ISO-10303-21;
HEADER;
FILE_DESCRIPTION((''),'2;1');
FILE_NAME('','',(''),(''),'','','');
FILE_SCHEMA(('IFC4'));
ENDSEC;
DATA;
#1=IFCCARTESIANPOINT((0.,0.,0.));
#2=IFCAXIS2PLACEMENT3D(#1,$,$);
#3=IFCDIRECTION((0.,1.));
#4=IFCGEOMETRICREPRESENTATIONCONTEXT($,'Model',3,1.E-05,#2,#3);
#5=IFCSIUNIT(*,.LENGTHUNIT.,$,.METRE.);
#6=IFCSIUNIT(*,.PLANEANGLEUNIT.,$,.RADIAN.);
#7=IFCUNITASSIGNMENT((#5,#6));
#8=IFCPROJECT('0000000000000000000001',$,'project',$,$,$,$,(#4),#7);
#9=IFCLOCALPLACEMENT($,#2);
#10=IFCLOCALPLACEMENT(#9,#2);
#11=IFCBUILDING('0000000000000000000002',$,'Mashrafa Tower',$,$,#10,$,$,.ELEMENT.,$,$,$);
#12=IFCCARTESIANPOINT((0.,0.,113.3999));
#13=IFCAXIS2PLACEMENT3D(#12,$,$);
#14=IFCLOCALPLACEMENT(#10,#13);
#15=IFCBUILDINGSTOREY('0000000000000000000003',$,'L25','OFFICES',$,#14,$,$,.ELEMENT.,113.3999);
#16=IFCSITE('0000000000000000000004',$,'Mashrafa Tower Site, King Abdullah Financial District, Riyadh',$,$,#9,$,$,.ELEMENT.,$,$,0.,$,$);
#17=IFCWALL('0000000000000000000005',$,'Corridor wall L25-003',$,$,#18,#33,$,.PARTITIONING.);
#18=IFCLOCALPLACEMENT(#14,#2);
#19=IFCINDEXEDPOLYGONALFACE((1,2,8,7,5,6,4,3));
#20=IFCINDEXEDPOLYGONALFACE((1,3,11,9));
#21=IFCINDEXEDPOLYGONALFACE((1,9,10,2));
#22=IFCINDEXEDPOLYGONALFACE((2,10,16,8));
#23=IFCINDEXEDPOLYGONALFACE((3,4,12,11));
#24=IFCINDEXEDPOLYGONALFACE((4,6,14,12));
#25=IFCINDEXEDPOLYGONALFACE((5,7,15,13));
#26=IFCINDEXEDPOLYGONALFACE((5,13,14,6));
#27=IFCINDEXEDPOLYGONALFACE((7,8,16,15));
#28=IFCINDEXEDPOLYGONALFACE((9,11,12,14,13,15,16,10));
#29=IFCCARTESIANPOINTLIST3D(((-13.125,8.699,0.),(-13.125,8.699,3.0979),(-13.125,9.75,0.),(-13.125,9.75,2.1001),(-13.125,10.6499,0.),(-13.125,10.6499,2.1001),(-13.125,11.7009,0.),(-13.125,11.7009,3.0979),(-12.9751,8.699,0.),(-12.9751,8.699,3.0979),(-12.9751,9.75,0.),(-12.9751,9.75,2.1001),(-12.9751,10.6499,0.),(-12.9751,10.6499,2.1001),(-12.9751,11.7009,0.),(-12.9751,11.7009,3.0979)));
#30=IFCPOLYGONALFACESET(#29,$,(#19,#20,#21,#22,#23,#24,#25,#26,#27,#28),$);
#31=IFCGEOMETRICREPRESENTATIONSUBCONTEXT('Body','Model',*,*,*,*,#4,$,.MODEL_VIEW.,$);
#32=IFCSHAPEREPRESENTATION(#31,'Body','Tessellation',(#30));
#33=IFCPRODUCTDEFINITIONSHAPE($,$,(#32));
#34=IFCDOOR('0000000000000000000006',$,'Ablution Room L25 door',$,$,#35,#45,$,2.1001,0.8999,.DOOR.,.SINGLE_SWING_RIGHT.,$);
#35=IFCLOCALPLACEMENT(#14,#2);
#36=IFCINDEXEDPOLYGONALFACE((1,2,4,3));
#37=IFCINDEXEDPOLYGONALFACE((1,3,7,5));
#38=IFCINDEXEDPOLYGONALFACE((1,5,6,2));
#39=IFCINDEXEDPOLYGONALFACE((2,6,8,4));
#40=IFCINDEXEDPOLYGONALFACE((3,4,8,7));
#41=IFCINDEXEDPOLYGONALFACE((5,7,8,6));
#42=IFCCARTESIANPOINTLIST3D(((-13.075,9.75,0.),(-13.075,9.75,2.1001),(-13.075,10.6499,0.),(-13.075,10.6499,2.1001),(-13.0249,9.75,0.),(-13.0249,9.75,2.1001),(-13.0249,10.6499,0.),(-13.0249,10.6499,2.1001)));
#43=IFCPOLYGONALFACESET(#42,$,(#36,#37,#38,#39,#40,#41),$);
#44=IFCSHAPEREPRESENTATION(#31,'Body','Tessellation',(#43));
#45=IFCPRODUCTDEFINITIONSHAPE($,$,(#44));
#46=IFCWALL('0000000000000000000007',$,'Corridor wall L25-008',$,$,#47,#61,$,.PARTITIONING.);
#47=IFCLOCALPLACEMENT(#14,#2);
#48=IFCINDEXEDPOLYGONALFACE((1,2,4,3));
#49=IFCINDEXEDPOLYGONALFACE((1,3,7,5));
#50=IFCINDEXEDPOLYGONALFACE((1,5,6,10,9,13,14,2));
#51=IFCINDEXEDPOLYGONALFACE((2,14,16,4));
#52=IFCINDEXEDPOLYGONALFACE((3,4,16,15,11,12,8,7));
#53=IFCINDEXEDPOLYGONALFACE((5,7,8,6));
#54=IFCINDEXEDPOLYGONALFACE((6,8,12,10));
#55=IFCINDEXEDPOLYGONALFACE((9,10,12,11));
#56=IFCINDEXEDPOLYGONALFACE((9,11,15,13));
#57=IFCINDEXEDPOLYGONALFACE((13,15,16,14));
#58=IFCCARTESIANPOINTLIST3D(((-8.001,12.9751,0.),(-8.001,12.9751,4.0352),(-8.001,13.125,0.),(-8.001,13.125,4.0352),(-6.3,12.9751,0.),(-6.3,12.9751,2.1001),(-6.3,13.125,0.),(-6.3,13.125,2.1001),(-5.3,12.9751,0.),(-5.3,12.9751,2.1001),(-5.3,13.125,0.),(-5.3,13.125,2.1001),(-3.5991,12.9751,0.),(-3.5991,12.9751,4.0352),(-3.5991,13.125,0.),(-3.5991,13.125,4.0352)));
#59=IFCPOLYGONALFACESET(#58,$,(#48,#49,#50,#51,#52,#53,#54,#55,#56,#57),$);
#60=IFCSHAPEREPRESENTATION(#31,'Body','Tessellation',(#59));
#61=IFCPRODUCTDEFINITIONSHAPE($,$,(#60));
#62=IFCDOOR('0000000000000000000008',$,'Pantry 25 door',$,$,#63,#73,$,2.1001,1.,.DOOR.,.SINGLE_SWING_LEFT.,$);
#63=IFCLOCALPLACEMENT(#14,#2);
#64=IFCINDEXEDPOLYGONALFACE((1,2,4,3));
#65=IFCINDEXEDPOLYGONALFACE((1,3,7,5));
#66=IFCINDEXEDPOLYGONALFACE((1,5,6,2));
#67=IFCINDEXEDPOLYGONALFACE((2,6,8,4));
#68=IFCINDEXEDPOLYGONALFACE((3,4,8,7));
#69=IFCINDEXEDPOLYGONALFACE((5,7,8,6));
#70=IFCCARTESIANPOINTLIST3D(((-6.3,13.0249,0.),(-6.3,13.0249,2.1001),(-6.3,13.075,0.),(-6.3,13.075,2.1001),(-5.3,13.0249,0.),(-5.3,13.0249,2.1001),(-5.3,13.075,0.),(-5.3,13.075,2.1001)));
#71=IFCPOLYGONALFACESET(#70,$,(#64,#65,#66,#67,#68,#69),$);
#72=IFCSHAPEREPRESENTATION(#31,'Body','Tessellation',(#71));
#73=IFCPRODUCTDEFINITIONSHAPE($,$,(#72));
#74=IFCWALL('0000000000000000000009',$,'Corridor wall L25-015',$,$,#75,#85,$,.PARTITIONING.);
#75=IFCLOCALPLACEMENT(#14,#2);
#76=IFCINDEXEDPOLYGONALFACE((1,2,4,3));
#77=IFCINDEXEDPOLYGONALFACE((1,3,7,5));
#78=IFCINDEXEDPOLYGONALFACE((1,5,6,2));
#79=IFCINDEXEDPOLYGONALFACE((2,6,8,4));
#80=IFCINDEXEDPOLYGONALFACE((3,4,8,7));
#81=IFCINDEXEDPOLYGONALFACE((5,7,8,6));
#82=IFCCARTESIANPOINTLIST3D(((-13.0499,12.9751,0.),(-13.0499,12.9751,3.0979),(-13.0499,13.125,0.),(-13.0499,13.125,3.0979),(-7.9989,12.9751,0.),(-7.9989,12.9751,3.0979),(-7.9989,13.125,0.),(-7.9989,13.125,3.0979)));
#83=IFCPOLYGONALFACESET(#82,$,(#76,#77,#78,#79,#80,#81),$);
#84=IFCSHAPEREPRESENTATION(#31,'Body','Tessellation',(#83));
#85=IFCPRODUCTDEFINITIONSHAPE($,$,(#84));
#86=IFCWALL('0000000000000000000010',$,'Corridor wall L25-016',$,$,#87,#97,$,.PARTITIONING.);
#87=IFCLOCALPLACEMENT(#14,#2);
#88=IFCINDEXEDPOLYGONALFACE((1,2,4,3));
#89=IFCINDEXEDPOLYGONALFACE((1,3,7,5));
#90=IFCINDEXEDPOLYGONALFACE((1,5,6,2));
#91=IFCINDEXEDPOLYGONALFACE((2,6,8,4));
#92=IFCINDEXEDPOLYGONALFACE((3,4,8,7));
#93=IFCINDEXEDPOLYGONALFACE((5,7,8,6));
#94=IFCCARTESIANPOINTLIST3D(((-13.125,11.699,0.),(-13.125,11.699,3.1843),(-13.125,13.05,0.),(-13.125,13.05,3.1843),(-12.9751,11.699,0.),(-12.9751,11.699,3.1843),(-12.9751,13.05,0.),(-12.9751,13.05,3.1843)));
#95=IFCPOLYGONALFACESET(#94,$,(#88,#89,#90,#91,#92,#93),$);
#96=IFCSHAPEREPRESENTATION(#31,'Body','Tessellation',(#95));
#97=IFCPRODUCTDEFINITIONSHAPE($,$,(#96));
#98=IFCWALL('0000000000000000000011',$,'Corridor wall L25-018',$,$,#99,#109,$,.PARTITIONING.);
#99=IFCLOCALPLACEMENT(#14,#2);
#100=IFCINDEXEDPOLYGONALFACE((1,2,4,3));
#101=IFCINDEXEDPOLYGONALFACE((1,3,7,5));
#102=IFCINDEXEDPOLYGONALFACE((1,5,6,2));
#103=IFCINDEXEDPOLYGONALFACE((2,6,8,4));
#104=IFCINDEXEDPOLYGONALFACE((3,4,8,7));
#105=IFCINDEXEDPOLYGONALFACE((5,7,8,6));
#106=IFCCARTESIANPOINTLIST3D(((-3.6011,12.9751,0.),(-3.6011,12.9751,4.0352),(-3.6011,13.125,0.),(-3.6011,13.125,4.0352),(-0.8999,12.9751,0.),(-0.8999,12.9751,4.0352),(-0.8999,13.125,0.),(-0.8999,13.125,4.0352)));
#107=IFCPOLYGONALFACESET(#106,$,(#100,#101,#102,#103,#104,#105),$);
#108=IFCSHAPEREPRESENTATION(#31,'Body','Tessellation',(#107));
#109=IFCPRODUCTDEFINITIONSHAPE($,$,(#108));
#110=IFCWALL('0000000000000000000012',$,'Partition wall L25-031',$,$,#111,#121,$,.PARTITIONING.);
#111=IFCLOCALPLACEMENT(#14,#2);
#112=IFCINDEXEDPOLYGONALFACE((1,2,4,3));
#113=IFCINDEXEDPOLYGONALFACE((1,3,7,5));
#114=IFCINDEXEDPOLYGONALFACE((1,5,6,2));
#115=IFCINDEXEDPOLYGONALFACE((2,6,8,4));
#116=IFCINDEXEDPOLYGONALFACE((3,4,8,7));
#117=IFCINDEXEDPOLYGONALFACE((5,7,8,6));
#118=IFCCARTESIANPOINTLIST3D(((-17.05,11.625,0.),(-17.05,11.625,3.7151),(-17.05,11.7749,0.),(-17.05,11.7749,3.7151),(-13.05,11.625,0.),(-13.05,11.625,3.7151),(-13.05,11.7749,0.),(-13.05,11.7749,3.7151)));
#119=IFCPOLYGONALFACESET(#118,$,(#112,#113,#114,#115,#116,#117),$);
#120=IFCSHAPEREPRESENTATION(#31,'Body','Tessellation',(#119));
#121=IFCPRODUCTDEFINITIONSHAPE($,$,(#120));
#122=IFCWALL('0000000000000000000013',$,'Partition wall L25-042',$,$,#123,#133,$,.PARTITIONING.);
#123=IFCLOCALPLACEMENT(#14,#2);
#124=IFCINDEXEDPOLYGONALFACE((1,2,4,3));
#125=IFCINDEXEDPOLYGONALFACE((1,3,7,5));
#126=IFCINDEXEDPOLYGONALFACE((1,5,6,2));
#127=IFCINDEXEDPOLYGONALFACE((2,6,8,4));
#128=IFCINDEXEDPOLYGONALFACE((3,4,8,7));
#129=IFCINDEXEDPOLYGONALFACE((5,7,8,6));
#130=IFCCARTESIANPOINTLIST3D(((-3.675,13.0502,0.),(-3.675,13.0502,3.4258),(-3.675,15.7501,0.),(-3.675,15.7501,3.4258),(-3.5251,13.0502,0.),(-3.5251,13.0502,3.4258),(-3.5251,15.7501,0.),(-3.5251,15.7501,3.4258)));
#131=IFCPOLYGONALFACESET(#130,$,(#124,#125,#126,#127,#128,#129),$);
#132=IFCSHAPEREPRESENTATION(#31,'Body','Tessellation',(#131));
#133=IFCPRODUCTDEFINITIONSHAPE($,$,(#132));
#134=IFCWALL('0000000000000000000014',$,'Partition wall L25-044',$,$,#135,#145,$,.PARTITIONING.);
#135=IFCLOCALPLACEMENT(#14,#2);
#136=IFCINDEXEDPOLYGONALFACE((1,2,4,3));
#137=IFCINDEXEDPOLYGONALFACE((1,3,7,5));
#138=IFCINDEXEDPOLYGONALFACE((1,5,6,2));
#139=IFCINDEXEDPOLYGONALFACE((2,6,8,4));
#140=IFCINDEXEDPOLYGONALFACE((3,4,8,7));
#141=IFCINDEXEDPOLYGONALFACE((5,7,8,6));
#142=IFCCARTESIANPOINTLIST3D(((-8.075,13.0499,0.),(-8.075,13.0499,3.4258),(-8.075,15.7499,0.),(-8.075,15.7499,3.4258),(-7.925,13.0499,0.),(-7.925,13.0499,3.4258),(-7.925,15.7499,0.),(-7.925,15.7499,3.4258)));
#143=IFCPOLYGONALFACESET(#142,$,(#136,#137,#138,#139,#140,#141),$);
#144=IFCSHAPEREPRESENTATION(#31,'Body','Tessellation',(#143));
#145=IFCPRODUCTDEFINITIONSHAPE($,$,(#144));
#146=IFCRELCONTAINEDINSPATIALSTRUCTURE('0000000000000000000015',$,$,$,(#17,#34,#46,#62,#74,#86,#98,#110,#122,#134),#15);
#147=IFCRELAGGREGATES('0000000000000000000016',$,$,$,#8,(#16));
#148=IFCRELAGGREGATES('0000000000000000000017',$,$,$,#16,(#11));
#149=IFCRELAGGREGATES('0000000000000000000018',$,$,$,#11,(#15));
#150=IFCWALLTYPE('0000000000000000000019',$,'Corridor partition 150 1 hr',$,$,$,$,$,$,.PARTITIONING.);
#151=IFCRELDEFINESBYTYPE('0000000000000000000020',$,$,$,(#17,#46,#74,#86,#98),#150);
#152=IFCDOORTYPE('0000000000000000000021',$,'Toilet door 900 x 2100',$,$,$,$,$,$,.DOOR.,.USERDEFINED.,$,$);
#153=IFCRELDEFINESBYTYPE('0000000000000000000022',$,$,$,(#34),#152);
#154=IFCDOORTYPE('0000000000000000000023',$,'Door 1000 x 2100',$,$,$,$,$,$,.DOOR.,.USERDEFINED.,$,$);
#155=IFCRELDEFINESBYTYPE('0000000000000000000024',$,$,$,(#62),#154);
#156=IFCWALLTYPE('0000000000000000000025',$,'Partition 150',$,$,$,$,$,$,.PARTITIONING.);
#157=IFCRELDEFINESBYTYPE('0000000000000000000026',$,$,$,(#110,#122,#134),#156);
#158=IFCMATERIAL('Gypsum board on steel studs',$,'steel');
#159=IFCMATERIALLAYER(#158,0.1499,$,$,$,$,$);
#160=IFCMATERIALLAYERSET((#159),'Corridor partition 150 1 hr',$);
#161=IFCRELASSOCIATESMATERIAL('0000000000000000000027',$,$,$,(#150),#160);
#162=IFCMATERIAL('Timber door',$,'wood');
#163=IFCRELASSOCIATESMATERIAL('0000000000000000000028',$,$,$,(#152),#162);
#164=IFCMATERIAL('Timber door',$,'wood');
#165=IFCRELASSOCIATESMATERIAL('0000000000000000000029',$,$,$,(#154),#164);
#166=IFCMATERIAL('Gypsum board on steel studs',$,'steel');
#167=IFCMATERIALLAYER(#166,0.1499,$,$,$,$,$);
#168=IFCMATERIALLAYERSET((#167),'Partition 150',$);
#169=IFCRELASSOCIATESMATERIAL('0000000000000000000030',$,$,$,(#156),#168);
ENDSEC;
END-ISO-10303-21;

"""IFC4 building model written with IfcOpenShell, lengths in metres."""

from ifc_helpers import new_model, si_unit, direction, frame, frame_2d, origin, place, context, subcontext, project, spatial, rectangle, extrude, material, layer, layer_set, type_object, element, fill, save


model = new_model("IFC4")

# Units and contexts
model_context = context("Model", 3, precision=1e-05, world=origin(), true_north=direction((0.0, 1.0)))
body_context = subcontext(model_context, "Body", "Model", "MODEL_VIEW")
ifc_project = project(units=[si_unit("LENGTHUNIT", "METRE"), si_unit("PLANEANGLEUNIT", "RADIAN")], contexts=[model_context])

# Site, building, storey
site_placement = place(None, origin())
site = spatial("IfcSite", under=ifc_project, at=site_placement, Name="Mashrafa Tower Site, King Abdullah Financial District, Riyadh", CompositionType="ELEMENT", RefElevation=0.0)
building_placement = place(site_placement, origin())
building = spatial("IfcBuilding", under=site, at=building_placement, Name="Mashrafa Tower", CompositionType="ELEMENT")
storey_placement = place(building_placement, frame((0.0, 0.0, 113.3999)))
storey = spatial("IfcBuildingStorey", under=building, at=storey_placement, Name="L25", Description="OFFICES", CompositionType="ELEMENT", Elevation=113.3999)

# Walls, openings, doors
ifc_material_1 = material(Name="Gypsum board on steel studs", Category="steel")
ifc_layer_1 = layer(ifc_material_1, 0.1499)
ifc_layer_set_1 = layer_set([ifc_layer_1], Name="Corridor partition 150 1 hr")
wall_type_1 = type_object("IfcWallType", Name="Corridor partition 150 1 hr", PredefinedType="PARTITIONING", material=ifc_layer_set_1)
wall_1_placement = place(storey_placement, frame((-13.05, 11.7009, 0.0), z_axis=(0.0, 0.0, 1.0), x_axis=(0.0, -1.0, 0.0)))
wall_1 = element("IfcWall", 1, at=wall_1_placement, inside=storey, type_object=wall_type_1, Name="Corridor wall L25-003", PredefinedType="PARTITIONING", context=body_context, shape_type="SweptSolid", body=[
    extrude(rectangle(XDim=3.002, YDim=0.1499, at=frame_2d((1.501, 0.0))), origin(), (0.0, 0.0, 1.0), 3.0979),
])
opening_1_placement = place(wall_1_placement, frame((1.051, 0.0, 0.0)))
opening_1 = element("IfcOpeningElement", 2, at=opening_1_placement, cuts=wall_1, PredefinedType="OPENING", context=body_context, shape_type="SweptSolid", body=[
    extrude(rectangle(XDim=0.8999, YDim=2.1001, at=frame_2d((0.45, 1.05))), frame((0.0, 0.085, 0.0), z_axis=(0.0, -1.0, 0.0), x_axis=(1.0, 0.0, 0.0)), (0.0, 0.0, 1.0), 0.1699),
])
ifc_material_2 = material(Name="Timber door", Category="wood")
door_type_1 = type_object("IfcDoorType", Name="Toilet door 900 x 2100", OperationType="USERDEFINED", PredefinedType="DOOR", material=ifc_material_2)
door_1_placement = place(opening_1_placement, frame((0.8999, 0.0, 0.0), z_axis=(0.0, 0.0, 1.0), x_axis=(-1.0, 0.0, 0.0)))
door_1 = element("IfcDoor", 3, at=door_1_placement, inside=storey, type_object=door_type_1, Name="Ablution Room L25 door", OperationType="SINGLE_SWING_RIGHT", OverallHeight=2.1001, OverallWidth=0.8999, PredefinedType="DOOR", context=body_context, shape_type="SweptSolid", body=[
    extrude(rectangle(XDim=0.8999, YDim=2.1001, at=frame_2d((0.45, 1.05))), frame((0.0, 0.0249, 0.0), z_axis=(0.0, -1.0, 0.0), x_axis=(1.0, 0.0, 0.0)), (0.0, 0.0, 1.0), 0.05),
])
fill(opening_1, door_1)
wall_2_placement = place(storey_placement, frame((-3.5991, 13.05, 0.0), z_axis=(0.0, 0.0, 1.0), x_axis=(-1.0, 0.0, 0.0)))
wall_2 = element("IfcWall", 4, at=wall_2_placement, inside=storey, type_object=wall_type_1, Name="Corridor wall L25-008", PredefinedType="PARTITIONING", context=body_context, shape_type="SweptSolid", body=[
    extrude(rectangle(XDim=4.4019, YDim=0.1499, at=frame_2d((2.2009, 0.0))), origin(), (0.0, 0.0, 1.0), 4.0352),
])
opening_2_placement = place(wall_2_placement, frame((1.7009, 0.0, 0.0)))
opening_2 = element("IfcOpeningElement", 5, at=opening_2_placement, cuts=wall_2, PredefinedType="OPENING", context=body_context, shape_type="SweptSolid", body=[
    extrude(rectangle(XDim=1.0, YDim=2.1001, at=frame_2d((0.5, 1.05))), frame((0.0, 0.085, 0.0), z_axis=(0.0, -1.0, 0.0), x_axis=(1.0, 0.0, 0.0)), (0.0, 0.0, 1.0), 0.1699),
])
ifc_material_3 = material(Name="Timber door", Category="wood")
door_type_2 = type_object("IfcDoorType", Name="Door 1000 x 2100", OperationType="USERDEFINED", PredefinedType="DOOR", material=ifc_material_3)
door_2_placement = place(opening_2_placement, frame((1.0, 0.0, 0.0), z_axis=(0.0, 0.0, 1.0), x_axis=(-1.0, 0.0, 0.0)))
door_2 = element("IfcDoor", 6, at=door_2_placement, inside=storey, type_object=door_type_2, Name="Pantry 25 door", OperationType="SINGLE_SWING_LEFT", OverallHeight=2.1001, OverallWidth=1.0, PredefinedType="DOOR", context=body_context, shape_type="SweptSolid", body=[
    extrude(rectangle(XDim=1.0, YDim=2.1001, at=frame_2d((0.5, 1.05))), frame((0.0, 0.0249, 0.0), z_axis=(0.0, -1.0, 0.0), x_axis=(1.0, 0.0, 0.0)), (0.0, 0.0, 1.0), 0.05),
])
fill(opening_2, door_2)

# Walls
wall_3_placement = place(storey_placement, frame((-7.999, 13.05, 0.0), z_axis=(0.0, 0.0, 1.0), x_axis=(-1.0, 0.0, 0.0)))
element("IfcWall", 7, at=wall_3_placement, inside=storey, type_object=wall_type_1, Name="Corridor wall L25-015", PredefinedType="PARTITIONING", context=body_context, shape_type="SweptSolid", body=[
    extrude(rectangle(XDim=5.051, YDim=0.1499, at=frame_2d((2.5254, 0.0))), origin(), (0.0, 0.0, 1.0), 3.0979),
])
wall_4_placement = place(storey_placement, frame((-13.05, 13.05, 0.0), z_axis=(0.0, 0.0, 1.0), x_axis=(0.0, -1.0, 0.0)))
element("IfcWall", 8, at=wall_4_placement, inside=storey, type_object=wall_type_1, Name="Corridor wall L25-016", PredefinedType="PARTITIONING", context=body_context, shape_type="SweptSolid", body=[
    extrude(rectangle(XDim=1.3511, YDim=0.1499, at=frame_2d((0.6755, 0.0))), origin(), (0.0, 0.0, 1.0), 3.1843),
])
wall_5_placement = place(storey_placement, frame((-0.8999, 13.05, 0.0), z_axis=(0.0, 0.0, 1.0), x_axis=(-1.0, 0.0, 0.0)))
element("IfcWall", 9, at=wall_5_placement, inside=storey, type_object=wall_type_1, Name="Corridor wall L25-018", PredefinedType="PARTITIONING", context=body_context, shape_type="SweptSolid", body=[
    extrude(rectangle(XDim=2.7012, YDim=0.1499, at=frame_2d((1.3506, 0.0))), origin(), (0.0, 0.0, 1.0), 4.0352),
])
ifc_material_4 = material(Name="Gypsum board on steel studs", Category="steel")
ifc_layer_2 = layer(ifc_material_4, 0.1499)
ifc_layer_set_2 = layer_set([ifc_layer_2], Name="Partition 150")
wall_type_2 = type_object("IfcWallType", Name="Partition 150", PredefinedType="PARTITIONING", material=ifc_layer_set_2)
wall_6_placement = place(storey_placement, frame((-13.05, 11.7, 0.0), z_axis=(0.0, 0.0, 1.0), x_axis=(-1.0, 0.0, 0.0)))
element("IfcWall", 10, at=wall_6_placement, inside=storey, type_object=wall_type_2, Name="Partition wall L25-031", PredefinedType="PARTITIONING", context=body_context, shape_type="SweptSolid", body=[
    extrude(rectangle(XDim=4.0, YDim=0.1499, at=frame_2d((2.0, 0.0))), origin(), (0.0, 0.0, 1.0), 3.7151),
])
for number, where, z_axis, x_axis, name in (
    (11, (-3.6001, 13.05, 0.0), (0.0, 0.0, 1.0), (0.0, 1.0, 0.0), "Partition wall L25-042"),
    (12, (-8.0, 15.75, 0.0), (0.0, 0.0, 1.0), (0.0, -1.0, 0.0), "Partition wall L25-044"),
):
    element("IfcWall", number, at=place(storey_placement, frame(where, z_axis=z_axis, x_axis=x_axis)), inside=storey, type_object=wall_type_2, Name=name, PredefinedType="PARTITIONING", context=body_context, shape_type="SweptSolid", body=[
        extrude(rectangle(XDim=2.7, YDim=0.1499, at=frame_2d((1.3501, 0.0))), origin(), (0.0, 0.0, 1.0), 3.4258),
    ])

save(model, "model.ifc")
